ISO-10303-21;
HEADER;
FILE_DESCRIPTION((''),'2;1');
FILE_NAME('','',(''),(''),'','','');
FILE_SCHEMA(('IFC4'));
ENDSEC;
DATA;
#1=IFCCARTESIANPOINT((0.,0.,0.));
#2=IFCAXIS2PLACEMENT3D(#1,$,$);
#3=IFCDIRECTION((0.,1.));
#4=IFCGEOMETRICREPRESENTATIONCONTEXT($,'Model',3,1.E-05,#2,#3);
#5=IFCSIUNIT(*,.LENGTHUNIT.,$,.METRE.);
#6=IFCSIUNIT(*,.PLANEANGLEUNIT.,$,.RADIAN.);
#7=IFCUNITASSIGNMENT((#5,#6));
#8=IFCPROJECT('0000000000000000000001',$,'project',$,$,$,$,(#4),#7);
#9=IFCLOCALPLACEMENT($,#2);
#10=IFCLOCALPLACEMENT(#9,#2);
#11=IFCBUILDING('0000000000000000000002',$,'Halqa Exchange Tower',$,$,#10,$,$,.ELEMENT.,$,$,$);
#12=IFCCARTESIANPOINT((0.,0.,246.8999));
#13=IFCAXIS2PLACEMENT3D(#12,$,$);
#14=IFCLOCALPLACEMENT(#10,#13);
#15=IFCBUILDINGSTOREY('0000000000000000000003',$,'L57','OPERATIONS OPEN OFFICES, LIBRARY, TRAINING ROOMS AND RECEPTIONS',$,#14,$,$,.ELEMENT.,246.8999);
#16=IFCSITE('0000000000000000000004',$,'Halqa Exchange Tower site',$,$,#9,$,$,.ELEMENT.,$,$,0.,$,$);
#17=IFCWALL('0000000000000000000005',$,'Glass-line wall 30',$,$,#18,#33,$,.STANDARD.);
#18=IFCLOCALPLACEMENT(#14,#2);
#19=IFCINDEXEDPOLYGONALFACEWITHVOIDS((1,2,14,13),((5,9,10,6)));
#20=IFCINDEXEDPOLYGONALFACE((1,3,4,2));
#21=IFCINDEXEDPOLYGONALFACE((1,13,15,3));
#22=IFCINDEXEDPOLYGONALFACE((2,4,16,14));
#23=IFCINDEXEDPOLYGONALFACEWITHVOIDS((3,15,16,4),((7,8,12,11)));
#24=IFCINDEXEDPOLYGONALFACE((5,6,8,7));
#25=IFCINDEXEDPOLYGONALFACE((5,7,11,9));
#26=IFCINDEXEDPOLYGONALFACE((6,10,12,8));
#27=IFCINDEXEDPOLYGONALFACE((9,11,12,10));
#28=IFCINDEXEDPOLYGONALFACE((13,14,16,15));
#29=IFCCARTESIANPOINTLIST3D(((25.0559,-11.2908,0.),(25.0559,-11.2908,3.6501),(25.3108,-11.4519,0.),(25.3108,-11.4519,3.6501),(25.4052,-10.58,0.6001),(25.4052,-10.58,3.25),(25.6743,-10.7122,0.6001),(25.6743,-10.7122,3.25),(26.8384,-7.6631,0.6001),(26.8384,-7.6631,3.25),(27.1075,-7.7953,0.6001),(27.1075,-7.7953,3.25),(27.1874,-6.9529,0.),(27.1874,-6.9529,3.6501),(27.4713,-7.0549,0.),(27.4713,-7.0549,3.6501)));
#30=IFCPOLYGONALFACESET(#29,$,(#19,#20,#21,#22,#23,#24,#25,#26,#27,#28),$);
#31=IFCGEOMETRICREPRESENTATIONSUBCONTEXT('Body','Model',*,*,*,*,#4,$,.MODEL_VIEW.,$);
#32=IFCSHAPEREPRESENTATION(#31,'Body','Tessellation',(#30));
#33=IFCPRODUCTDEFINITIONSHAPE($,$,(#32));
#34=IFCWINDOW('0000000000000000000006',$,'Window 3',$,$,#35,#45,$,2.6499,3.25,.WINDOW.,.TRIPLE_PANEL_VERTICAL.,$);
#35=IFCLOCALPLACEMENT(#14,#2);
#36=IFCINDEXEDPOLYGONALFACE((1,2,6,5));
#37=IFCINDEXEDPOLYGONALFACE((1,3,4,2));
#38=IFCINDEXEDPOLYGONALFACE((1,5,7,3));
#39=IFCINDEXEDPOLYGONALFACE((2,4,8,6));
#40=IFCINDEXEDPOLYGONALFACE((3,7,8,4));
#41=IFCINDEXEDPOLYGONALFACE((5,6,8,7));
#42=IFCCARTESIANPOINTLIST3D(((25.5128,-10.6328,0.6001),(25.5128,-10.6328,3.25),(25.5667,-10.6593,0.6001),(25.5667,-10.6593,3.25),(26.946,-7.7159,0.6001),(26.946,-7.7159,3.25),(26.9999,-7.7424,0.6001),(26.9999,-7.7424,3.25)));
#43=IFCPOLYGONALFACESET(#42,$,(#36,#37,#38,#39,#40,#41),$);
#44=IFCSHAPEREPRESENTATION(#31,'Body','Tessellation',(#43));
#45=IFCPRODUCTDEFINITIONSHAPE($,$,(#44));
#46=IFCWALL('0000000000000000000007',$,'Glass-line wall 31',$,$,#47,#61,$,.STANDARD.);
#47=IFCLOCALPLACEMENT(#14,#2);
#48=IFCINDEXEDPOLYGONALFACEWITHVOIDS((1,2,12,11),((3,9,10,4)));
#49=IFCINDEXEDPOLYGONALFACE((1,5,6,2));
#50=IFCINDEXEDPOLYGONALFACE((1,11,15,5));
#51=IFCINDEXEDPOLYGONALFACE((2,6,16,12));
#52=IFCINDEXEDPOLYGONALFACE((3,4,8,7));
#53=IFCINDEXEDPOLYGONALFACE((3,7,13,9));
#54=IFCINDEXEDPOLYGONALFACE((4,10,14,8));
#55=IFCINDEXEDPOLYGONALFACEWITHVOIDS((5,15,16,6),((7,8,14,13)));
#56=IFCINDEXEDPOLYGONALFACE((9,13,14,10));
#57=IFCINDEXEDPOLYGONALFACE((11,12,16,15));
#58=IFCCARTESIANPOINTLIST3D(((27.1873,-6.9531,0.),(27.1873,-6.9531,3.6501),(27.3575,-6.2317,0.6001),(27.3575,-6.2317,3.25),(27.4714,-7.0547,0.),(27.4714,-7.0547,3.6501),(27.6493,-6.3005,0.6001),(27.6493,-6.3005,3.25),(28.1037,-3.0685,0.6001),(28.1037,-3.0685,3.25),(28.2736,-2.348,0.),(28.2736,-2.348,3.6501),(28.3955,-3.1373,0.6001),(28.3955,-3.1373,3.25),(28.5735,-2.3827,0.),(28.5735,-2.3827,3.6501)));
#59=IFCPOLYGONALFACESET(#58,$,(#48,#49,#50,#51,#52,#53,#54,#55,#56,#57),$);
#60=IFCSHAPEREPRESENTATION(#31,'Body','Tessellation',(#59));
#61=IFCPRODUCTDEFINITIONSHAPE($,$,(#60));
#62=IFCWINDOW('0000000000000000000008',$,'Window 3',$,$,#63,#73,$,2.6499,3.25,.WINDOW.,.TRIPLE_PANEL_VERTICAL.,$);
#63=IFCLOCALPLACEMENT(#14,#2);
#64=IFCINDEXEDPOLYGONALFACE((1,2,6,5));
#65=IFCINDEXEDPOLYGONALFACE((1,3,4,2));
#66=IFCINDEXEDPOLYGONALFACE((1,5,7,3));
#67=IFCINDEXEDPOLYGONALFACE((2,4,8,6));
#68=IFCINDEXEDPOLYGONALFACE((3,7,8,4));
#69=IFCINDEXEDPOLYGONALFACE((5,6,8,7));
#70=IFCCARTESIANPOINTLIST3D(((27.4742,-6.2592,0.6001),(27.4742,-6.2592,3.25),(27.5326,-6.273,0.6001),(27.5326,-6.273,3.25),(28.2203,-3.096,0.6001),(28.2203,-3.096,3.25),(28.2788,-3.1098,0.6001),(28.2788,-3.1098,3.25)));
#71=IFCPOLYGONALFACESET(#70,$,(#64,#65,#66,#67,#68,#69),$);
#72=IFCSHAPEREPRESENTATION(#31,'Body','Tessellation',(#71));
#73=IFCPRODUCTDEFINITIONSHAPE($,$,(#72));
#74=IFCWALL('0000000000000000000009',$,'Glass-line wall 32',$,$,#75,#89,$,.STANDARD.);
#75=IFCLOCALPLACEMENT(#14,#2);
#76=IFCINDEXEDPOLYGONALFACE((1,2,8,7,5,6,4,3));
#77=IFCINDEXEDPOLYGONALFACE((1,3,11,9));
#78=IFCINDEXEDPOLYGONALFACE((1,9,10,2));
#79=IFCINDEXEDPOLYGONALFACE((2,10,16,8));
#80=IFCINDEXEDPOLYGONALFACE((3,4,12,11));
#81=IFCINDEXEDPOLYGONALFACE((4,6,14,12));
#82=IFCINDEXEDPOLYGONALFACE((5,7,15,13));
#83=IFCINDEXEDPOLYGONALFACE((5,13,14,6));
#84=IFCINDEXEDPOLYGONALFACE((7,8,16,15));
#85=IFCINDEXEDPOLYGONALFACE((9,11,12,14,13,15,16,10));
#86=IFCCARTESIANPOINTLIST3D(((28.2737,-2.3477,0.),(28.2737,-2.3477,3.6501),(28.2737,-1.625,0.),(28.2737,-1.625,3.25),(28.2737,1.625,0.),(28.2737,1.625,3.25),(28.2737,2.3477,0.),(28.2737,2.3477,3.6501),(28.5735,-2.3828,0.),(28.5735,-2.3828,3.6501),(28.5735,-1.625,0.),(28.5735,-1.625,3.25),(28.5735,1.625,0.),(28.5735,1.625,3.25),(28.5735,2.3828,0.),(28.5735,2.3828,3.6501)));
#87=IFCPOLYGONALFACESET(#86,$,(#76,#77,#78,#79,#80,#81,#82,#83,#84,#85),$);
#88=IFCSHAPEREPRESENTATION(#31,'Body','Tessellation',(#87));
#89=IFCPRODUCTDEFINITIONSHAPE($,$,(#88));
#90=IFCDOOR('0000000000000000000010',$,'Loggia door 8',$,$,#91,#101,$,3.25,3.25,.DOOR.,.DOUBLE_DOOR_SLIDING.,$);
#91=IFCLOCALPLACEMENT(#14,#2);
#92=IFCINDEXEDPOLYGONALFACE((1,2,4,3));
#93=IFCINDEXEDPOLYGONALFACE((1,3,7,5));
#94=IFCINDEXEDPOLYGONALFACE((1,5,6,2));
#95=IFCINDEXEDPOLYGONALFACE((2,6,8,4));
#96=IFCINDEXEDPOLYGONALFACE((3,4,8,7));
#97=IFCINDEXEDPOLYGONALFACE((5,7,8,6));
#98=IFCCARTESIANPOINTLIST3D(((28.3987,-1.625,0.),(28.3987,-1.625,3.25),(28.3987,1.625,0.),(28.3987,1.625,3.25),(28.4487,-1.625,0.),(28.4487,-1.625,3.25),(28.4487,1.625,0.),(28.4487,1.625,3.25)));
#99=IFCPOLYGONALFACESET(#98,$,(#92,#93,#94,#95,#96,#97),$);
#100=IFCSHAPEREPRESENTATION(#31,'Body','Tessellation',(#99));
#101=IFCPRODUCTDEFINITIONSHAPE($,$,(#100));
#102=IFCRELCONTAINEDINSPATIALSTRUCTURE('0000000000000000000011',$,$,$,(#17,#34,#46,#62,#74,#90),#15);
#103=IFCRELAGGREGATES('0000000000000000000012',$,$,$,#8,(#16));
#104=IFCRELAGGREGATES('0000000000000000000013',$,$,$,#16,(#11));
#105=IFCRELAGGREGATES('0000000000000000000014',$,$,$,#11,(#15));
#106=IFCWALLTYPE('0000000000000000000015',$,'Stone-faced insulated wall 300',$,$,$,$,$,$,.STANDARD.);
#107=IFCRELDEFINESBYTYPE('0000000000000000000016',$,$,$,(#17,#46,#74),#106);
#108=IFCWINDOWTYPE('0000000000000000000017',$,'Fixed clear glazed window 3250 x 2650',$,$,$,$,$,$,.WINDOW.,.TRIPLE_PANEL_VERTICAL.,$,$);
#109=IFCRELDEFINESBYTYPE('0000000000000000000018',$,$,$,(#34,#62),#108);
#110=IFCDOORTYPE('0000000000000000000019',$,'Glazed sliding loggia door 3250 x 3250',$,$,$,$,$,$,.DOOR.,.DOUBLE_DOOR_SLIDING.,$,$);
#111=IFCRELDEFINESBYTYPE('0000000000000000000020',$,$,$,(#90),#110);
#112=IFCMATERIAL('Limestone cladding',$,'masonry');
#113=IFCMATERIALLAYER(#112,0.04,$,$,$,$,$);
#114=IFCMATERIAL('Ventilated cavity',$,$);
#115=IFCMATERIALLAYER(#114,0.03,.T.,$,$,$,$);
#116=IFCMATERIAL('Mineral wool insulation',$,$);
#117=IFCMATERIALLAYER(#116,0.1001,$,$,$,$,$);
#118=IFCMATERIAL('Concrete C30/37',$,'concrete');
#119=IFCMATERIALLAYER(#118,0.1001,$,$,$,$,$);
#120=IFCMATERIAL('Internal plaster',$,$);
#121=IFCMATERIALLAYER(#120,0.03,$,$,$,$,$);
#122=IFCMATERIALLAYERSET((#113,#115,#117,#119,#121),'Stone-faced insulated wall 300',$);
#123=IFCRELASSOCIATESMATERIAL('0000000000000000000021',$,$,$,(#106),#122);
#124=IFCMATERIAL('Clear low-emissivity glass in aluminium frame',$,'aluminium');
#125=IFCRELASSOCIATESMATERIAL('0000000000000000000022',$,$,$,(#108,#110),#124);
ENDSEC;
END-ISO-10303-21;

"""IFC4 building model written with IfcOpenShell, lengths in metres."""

from ifc_helpers import new_model, si_unit, direction, frame, frame_2d, origin, place, context, subcontext, project, spatial, polyline, rectangle, outline, extrude, material, layer, layer_set, type_object, element, fill, save


model = new_model("IFC4")

# Units and contexts
model_context = context("Model", 3, precision=1e-05, world=origin(), true_north=direction((0.0, 1.0)))
body_context = subcontext(model_context, "Body", "Model", "MODEL_VIEW")
ifc_project = project(units=[si_unit("LENGTHUNIT", "METRE"), si_unit("PLANEANGLEUNIT", "RADIAN")], contexts=[model_context])

# Site, building, storey
site_placement = place(None, origin())
site = spatial("IfcSite", under=ifc_project, at=site_placement, Name="Halqa Exchange Tower site", CompositionType="ELEMENT", RefElevation=0.0)
building_placement = place(site_placement, origin())
building = spatial("IfcBuilding", under=site, at=building_placement, Name="Halqa Exchange Tower", CompositionType="ELEMENT")
storey_placement = place(building_placement, frame((0.0, 0.0, 246.8999)))
storey = spatial("IfcBuildingStorey", under=building, at=storey_placement, Name="L57", Description="OPERATIONS OPEN OFFICES, LIBRARY, TRAINING ROOMS AND RECEPTIONS", CompositionType="ELEMENT", Elevation=246.8999)

# Walls, openings, windows
ifc_material_1 = material(Name="Limestone cladding", Category="masonry")
ifc_layer_1 = layer(ifc_material_1, 0.04)
ifc_material_2 = material(Name="Ventilated cavity")
ifc_layer_2 = layer(ifc_material_2, 0.03, ventilated=True)
ifc_material_3 = material(Name="Mineral wool insulation")
ifc_layer_3 = layer(ifc_material_3, 0.1001)
ifc_material_4 = material(Name="Concrete C30/37", Category="concrete")
ifc_layer_4 = layer(ifc_material_4, 0.1001)
ifc_material_5 = material(Name="Internal plaster")
ifc_layer_5 = layer(ifc_material_5, 0.03)
ifc_layer_set_1 = layer_set([ifc_layer_1, ifc_layer_2, ifc_layer_3, ifc_layer_4, ifc_layer_5], Name="Stone-faced insulated wall 300")
wall_type_1 = type_object("IfcWallType", Name="Stone-faced insulated wall 300", PredefinedType="STANDARD", material=ifc_layer_set_1)
wall_1_placement = place(storey_placement, frame((25.1833, -11.3713, 0.0), z_axis=(0.0, 0.0, 1.0), x_axis=(0.441002, 0.897506, 0.0)))
wall_1 = element("IfcWall", 1, at=wall_1_placement, inside=storey, type_object=wall_type_1, Name="Glass-line wall 30", PredefinedType="STANDARD", context=body_context, shape_type="SweptSolid", body=[
    extrude(outline(polyline([(-0.0161, -0.1499), (4.8831, -0.1499), (4.8494, 0.1499), (0.0161, 0.1499), (-0.0161, -0.1499)])), origin(), (0.0, 0.0, 1.0), 3.6501),
])
opening_1_placement = place(wall_1_placement, frame((0.8081, 0.0, 0.6001)))
opening_1 = element("IfcOpeningElement", 2, at=opening_1_placement, cuts=wall_1, PredefinedType="OPENING", context=body_context, shape_type="SweptSolid", body=[
    extrude(rectangle(XDim=3.25, YDim=2.6499, at=frame_2d((1.625, 1.325))), frame((0.0, 0.1621, 0.0), z_axis=(0.0, -1.0, 0.0), x_axis=(1.0, 0.0, 0.0)), (0.0, 0.0, 1.0), 0.324),
])
ifc_material_6 = material(Name="Clear low-emissivity glass in aluminium frame", Category="aluminium")
window_type = type_object("IfcWindowType", Name="Fixed clear glazed window 3250 x 2650", PartitioningType="TRIPLE_PANEL_VERTICAL", PredefinedType="WINDOW", material=ifc_material_6)
window_1_placement = place(opening_1_placement, origin())
window_1 = element("IfcWindow", 3, at=window_1_placement, inside=storey, type_object=window_type, Name="Window 3", OverallHeight=2.6499, OverallWidth=3.25, PartitioningType="TRIPLE_PANEL_VERTICAL", PredefinedType="WINDOW", context=body_context, shape_type="SweptSolid", body=[
    extrude(rectangle(XDim=3.25, YDim=2.6499, at=frame_2d((1.625, 1.325))), frame((0.0, 0.03, 0.0), z_axis=(0.0, -1.0, 0.0), x_axis=(1.0, 0.0, 0.0)), (0.0, 0.0, 1.0), 0.0601),
])
fill(opening_1, window_1)
wall_2_placement = place(storey_placement, frame((27.3293, -7.0039, 0.0), z_axis=(0.0, 0.0, 1.0), x_axis=(0.229593, 0.973287, 0.0)))
wall_2 = element("IfcWall", 4, at=wall_2_placement, inside=storey, type_object=wall_type_1, Name="Glass-line wall 31", PredefinedType="STANDARD", context=body_context, shape_type="SweptSolid", body=[
    extrude(outline(polyline([(-0.0168, -0.1499), (4.7834, -0.1499), (4.7483, 0.1499), (0.0168, 0.1499), (-0.0168, -0.1499)])), origin(), (0.0, 0.0, 1.0), 3.6501),
])
opening_2_placement = place(wall_2_placement, frame((0.7581, 0.0, 0.6001)))
opening_2 = element("IfcOpeningElement", 5, at=opening_2_placement, cuts=wall_2, PredefinedType="OPENING", context=body_context, shape_type="SweptSolid", body=[
    extrude(rectangle(XDim=3.25, YDim=2.6499, at=frame_2d((1.625, 1.325))), frame((0.0, 0.1621, 0.0), z_axis=(0.0, -1.0, 0.0), x_axis=(1.0, 0.0, 0.0)), (0.0, 0.0, 1.0), 0.324),
])
window_2_placement = place(opening_2_placement, origin())
window_2 = element("IfcWindow", 6, at=window_2_placement, inside=storey, type_object=window_type, Name="Window 3", OverallHeight=2.6499, OverallWidth=3.25, PartitioningType="TRIPLE_PANEL_VERTICAL", PredefinedType="WINDOW", context=body_context, shape_type="SweptSolid", body=[
    extrude(rectangle(XDim=3.25, YDim=2.6499, at=frame_2d((1.625, 1.325))), frame((0.0, 0.03, 0.0), z_axis=(0.0, -1.0, 0.0), x_axis=(1.0, 0.0, 0.0)), (0.0, 0.0, 1.0), 0.0601),
])
fill(opening_2, window_2)

# Wall, opening, door
wall_3_placement = place(storey_placement, frame((28.4236, -2.3652, 0.0), z_axis=(0.0, 0.0, 1.0), x_axis=(0.0, 1.0, 0.0)))
wall_3 = element("IfcWall", 7, at=wall_3_placement, inside=storey, type_object=wall_type_1, Name="Glass-line wall 32", PredefinedType="STANDARD", context=body_context, shape_type="SweptSolid", body=[
    extrude(outline(polyline([(-0.0176, -0.1499), (4.748, -0.1499), (4.7129, 0.1499), (0.0176, 0.1499), (-0.0176, -0.1499)])), origin(), (0.0, 0.0, 1.0), 3.6501),
])
opening_3_placement = place(wall_3_placement, frame((0.7402, 0.0, 0.0)))
opening_3 = element("IfcOpeningElement", 8, at=opening_3_placement, cuts=wall_3, PredefinedType="OPENING", context=body_context, shape_type="SweptSolid", body=[
    extrude(rectangle(XDim=3.25, YDim=3.25, at=frame_2d((1.625, 1.625))), frame((0.0, 0.1621, 0.0), z_axis=(0.0, -1.0, 0.0), x_axis=(1.0, 0.0, 0.0)), (0.0, 0.0, 1.0), 0.324),
])
door_type_1 = type_object("IfcDoorType", Name="Glazed sliding loggia door 3250 x 3250", OperationType="DOUBLE_DOOR_SLIDING", PredefinedType="DOOR", material=ifc_material_6)
door_1_placement = place(opening_3_placement, origin())
door_1 = element("IfcDoor", 9, at=door_1_placement, inside=storey, type_object=door_type_1, Name="Loggia door 8", OperationType="DOUBLE_DOOR_SLIDING", OverallHeight=3.25, OverallWidth=3.25, PredefinedType="DOOR", context=body_context, shape_type="SweptSolid", body=[
    extrude(rectangle(XDim=3.25, YDim=3.25, at=frame_2d((1.625, 1.625))), frame((0.0, 0.0249, 0.0), z_axis=(0.0, -1.0, 0.0), x_axis=(1.0, 0.0, 0.0)), (0.0, 0.0, 1.0), 0.05),
])
fill(opening_3, door_1)

save(model, "model.ifc")
